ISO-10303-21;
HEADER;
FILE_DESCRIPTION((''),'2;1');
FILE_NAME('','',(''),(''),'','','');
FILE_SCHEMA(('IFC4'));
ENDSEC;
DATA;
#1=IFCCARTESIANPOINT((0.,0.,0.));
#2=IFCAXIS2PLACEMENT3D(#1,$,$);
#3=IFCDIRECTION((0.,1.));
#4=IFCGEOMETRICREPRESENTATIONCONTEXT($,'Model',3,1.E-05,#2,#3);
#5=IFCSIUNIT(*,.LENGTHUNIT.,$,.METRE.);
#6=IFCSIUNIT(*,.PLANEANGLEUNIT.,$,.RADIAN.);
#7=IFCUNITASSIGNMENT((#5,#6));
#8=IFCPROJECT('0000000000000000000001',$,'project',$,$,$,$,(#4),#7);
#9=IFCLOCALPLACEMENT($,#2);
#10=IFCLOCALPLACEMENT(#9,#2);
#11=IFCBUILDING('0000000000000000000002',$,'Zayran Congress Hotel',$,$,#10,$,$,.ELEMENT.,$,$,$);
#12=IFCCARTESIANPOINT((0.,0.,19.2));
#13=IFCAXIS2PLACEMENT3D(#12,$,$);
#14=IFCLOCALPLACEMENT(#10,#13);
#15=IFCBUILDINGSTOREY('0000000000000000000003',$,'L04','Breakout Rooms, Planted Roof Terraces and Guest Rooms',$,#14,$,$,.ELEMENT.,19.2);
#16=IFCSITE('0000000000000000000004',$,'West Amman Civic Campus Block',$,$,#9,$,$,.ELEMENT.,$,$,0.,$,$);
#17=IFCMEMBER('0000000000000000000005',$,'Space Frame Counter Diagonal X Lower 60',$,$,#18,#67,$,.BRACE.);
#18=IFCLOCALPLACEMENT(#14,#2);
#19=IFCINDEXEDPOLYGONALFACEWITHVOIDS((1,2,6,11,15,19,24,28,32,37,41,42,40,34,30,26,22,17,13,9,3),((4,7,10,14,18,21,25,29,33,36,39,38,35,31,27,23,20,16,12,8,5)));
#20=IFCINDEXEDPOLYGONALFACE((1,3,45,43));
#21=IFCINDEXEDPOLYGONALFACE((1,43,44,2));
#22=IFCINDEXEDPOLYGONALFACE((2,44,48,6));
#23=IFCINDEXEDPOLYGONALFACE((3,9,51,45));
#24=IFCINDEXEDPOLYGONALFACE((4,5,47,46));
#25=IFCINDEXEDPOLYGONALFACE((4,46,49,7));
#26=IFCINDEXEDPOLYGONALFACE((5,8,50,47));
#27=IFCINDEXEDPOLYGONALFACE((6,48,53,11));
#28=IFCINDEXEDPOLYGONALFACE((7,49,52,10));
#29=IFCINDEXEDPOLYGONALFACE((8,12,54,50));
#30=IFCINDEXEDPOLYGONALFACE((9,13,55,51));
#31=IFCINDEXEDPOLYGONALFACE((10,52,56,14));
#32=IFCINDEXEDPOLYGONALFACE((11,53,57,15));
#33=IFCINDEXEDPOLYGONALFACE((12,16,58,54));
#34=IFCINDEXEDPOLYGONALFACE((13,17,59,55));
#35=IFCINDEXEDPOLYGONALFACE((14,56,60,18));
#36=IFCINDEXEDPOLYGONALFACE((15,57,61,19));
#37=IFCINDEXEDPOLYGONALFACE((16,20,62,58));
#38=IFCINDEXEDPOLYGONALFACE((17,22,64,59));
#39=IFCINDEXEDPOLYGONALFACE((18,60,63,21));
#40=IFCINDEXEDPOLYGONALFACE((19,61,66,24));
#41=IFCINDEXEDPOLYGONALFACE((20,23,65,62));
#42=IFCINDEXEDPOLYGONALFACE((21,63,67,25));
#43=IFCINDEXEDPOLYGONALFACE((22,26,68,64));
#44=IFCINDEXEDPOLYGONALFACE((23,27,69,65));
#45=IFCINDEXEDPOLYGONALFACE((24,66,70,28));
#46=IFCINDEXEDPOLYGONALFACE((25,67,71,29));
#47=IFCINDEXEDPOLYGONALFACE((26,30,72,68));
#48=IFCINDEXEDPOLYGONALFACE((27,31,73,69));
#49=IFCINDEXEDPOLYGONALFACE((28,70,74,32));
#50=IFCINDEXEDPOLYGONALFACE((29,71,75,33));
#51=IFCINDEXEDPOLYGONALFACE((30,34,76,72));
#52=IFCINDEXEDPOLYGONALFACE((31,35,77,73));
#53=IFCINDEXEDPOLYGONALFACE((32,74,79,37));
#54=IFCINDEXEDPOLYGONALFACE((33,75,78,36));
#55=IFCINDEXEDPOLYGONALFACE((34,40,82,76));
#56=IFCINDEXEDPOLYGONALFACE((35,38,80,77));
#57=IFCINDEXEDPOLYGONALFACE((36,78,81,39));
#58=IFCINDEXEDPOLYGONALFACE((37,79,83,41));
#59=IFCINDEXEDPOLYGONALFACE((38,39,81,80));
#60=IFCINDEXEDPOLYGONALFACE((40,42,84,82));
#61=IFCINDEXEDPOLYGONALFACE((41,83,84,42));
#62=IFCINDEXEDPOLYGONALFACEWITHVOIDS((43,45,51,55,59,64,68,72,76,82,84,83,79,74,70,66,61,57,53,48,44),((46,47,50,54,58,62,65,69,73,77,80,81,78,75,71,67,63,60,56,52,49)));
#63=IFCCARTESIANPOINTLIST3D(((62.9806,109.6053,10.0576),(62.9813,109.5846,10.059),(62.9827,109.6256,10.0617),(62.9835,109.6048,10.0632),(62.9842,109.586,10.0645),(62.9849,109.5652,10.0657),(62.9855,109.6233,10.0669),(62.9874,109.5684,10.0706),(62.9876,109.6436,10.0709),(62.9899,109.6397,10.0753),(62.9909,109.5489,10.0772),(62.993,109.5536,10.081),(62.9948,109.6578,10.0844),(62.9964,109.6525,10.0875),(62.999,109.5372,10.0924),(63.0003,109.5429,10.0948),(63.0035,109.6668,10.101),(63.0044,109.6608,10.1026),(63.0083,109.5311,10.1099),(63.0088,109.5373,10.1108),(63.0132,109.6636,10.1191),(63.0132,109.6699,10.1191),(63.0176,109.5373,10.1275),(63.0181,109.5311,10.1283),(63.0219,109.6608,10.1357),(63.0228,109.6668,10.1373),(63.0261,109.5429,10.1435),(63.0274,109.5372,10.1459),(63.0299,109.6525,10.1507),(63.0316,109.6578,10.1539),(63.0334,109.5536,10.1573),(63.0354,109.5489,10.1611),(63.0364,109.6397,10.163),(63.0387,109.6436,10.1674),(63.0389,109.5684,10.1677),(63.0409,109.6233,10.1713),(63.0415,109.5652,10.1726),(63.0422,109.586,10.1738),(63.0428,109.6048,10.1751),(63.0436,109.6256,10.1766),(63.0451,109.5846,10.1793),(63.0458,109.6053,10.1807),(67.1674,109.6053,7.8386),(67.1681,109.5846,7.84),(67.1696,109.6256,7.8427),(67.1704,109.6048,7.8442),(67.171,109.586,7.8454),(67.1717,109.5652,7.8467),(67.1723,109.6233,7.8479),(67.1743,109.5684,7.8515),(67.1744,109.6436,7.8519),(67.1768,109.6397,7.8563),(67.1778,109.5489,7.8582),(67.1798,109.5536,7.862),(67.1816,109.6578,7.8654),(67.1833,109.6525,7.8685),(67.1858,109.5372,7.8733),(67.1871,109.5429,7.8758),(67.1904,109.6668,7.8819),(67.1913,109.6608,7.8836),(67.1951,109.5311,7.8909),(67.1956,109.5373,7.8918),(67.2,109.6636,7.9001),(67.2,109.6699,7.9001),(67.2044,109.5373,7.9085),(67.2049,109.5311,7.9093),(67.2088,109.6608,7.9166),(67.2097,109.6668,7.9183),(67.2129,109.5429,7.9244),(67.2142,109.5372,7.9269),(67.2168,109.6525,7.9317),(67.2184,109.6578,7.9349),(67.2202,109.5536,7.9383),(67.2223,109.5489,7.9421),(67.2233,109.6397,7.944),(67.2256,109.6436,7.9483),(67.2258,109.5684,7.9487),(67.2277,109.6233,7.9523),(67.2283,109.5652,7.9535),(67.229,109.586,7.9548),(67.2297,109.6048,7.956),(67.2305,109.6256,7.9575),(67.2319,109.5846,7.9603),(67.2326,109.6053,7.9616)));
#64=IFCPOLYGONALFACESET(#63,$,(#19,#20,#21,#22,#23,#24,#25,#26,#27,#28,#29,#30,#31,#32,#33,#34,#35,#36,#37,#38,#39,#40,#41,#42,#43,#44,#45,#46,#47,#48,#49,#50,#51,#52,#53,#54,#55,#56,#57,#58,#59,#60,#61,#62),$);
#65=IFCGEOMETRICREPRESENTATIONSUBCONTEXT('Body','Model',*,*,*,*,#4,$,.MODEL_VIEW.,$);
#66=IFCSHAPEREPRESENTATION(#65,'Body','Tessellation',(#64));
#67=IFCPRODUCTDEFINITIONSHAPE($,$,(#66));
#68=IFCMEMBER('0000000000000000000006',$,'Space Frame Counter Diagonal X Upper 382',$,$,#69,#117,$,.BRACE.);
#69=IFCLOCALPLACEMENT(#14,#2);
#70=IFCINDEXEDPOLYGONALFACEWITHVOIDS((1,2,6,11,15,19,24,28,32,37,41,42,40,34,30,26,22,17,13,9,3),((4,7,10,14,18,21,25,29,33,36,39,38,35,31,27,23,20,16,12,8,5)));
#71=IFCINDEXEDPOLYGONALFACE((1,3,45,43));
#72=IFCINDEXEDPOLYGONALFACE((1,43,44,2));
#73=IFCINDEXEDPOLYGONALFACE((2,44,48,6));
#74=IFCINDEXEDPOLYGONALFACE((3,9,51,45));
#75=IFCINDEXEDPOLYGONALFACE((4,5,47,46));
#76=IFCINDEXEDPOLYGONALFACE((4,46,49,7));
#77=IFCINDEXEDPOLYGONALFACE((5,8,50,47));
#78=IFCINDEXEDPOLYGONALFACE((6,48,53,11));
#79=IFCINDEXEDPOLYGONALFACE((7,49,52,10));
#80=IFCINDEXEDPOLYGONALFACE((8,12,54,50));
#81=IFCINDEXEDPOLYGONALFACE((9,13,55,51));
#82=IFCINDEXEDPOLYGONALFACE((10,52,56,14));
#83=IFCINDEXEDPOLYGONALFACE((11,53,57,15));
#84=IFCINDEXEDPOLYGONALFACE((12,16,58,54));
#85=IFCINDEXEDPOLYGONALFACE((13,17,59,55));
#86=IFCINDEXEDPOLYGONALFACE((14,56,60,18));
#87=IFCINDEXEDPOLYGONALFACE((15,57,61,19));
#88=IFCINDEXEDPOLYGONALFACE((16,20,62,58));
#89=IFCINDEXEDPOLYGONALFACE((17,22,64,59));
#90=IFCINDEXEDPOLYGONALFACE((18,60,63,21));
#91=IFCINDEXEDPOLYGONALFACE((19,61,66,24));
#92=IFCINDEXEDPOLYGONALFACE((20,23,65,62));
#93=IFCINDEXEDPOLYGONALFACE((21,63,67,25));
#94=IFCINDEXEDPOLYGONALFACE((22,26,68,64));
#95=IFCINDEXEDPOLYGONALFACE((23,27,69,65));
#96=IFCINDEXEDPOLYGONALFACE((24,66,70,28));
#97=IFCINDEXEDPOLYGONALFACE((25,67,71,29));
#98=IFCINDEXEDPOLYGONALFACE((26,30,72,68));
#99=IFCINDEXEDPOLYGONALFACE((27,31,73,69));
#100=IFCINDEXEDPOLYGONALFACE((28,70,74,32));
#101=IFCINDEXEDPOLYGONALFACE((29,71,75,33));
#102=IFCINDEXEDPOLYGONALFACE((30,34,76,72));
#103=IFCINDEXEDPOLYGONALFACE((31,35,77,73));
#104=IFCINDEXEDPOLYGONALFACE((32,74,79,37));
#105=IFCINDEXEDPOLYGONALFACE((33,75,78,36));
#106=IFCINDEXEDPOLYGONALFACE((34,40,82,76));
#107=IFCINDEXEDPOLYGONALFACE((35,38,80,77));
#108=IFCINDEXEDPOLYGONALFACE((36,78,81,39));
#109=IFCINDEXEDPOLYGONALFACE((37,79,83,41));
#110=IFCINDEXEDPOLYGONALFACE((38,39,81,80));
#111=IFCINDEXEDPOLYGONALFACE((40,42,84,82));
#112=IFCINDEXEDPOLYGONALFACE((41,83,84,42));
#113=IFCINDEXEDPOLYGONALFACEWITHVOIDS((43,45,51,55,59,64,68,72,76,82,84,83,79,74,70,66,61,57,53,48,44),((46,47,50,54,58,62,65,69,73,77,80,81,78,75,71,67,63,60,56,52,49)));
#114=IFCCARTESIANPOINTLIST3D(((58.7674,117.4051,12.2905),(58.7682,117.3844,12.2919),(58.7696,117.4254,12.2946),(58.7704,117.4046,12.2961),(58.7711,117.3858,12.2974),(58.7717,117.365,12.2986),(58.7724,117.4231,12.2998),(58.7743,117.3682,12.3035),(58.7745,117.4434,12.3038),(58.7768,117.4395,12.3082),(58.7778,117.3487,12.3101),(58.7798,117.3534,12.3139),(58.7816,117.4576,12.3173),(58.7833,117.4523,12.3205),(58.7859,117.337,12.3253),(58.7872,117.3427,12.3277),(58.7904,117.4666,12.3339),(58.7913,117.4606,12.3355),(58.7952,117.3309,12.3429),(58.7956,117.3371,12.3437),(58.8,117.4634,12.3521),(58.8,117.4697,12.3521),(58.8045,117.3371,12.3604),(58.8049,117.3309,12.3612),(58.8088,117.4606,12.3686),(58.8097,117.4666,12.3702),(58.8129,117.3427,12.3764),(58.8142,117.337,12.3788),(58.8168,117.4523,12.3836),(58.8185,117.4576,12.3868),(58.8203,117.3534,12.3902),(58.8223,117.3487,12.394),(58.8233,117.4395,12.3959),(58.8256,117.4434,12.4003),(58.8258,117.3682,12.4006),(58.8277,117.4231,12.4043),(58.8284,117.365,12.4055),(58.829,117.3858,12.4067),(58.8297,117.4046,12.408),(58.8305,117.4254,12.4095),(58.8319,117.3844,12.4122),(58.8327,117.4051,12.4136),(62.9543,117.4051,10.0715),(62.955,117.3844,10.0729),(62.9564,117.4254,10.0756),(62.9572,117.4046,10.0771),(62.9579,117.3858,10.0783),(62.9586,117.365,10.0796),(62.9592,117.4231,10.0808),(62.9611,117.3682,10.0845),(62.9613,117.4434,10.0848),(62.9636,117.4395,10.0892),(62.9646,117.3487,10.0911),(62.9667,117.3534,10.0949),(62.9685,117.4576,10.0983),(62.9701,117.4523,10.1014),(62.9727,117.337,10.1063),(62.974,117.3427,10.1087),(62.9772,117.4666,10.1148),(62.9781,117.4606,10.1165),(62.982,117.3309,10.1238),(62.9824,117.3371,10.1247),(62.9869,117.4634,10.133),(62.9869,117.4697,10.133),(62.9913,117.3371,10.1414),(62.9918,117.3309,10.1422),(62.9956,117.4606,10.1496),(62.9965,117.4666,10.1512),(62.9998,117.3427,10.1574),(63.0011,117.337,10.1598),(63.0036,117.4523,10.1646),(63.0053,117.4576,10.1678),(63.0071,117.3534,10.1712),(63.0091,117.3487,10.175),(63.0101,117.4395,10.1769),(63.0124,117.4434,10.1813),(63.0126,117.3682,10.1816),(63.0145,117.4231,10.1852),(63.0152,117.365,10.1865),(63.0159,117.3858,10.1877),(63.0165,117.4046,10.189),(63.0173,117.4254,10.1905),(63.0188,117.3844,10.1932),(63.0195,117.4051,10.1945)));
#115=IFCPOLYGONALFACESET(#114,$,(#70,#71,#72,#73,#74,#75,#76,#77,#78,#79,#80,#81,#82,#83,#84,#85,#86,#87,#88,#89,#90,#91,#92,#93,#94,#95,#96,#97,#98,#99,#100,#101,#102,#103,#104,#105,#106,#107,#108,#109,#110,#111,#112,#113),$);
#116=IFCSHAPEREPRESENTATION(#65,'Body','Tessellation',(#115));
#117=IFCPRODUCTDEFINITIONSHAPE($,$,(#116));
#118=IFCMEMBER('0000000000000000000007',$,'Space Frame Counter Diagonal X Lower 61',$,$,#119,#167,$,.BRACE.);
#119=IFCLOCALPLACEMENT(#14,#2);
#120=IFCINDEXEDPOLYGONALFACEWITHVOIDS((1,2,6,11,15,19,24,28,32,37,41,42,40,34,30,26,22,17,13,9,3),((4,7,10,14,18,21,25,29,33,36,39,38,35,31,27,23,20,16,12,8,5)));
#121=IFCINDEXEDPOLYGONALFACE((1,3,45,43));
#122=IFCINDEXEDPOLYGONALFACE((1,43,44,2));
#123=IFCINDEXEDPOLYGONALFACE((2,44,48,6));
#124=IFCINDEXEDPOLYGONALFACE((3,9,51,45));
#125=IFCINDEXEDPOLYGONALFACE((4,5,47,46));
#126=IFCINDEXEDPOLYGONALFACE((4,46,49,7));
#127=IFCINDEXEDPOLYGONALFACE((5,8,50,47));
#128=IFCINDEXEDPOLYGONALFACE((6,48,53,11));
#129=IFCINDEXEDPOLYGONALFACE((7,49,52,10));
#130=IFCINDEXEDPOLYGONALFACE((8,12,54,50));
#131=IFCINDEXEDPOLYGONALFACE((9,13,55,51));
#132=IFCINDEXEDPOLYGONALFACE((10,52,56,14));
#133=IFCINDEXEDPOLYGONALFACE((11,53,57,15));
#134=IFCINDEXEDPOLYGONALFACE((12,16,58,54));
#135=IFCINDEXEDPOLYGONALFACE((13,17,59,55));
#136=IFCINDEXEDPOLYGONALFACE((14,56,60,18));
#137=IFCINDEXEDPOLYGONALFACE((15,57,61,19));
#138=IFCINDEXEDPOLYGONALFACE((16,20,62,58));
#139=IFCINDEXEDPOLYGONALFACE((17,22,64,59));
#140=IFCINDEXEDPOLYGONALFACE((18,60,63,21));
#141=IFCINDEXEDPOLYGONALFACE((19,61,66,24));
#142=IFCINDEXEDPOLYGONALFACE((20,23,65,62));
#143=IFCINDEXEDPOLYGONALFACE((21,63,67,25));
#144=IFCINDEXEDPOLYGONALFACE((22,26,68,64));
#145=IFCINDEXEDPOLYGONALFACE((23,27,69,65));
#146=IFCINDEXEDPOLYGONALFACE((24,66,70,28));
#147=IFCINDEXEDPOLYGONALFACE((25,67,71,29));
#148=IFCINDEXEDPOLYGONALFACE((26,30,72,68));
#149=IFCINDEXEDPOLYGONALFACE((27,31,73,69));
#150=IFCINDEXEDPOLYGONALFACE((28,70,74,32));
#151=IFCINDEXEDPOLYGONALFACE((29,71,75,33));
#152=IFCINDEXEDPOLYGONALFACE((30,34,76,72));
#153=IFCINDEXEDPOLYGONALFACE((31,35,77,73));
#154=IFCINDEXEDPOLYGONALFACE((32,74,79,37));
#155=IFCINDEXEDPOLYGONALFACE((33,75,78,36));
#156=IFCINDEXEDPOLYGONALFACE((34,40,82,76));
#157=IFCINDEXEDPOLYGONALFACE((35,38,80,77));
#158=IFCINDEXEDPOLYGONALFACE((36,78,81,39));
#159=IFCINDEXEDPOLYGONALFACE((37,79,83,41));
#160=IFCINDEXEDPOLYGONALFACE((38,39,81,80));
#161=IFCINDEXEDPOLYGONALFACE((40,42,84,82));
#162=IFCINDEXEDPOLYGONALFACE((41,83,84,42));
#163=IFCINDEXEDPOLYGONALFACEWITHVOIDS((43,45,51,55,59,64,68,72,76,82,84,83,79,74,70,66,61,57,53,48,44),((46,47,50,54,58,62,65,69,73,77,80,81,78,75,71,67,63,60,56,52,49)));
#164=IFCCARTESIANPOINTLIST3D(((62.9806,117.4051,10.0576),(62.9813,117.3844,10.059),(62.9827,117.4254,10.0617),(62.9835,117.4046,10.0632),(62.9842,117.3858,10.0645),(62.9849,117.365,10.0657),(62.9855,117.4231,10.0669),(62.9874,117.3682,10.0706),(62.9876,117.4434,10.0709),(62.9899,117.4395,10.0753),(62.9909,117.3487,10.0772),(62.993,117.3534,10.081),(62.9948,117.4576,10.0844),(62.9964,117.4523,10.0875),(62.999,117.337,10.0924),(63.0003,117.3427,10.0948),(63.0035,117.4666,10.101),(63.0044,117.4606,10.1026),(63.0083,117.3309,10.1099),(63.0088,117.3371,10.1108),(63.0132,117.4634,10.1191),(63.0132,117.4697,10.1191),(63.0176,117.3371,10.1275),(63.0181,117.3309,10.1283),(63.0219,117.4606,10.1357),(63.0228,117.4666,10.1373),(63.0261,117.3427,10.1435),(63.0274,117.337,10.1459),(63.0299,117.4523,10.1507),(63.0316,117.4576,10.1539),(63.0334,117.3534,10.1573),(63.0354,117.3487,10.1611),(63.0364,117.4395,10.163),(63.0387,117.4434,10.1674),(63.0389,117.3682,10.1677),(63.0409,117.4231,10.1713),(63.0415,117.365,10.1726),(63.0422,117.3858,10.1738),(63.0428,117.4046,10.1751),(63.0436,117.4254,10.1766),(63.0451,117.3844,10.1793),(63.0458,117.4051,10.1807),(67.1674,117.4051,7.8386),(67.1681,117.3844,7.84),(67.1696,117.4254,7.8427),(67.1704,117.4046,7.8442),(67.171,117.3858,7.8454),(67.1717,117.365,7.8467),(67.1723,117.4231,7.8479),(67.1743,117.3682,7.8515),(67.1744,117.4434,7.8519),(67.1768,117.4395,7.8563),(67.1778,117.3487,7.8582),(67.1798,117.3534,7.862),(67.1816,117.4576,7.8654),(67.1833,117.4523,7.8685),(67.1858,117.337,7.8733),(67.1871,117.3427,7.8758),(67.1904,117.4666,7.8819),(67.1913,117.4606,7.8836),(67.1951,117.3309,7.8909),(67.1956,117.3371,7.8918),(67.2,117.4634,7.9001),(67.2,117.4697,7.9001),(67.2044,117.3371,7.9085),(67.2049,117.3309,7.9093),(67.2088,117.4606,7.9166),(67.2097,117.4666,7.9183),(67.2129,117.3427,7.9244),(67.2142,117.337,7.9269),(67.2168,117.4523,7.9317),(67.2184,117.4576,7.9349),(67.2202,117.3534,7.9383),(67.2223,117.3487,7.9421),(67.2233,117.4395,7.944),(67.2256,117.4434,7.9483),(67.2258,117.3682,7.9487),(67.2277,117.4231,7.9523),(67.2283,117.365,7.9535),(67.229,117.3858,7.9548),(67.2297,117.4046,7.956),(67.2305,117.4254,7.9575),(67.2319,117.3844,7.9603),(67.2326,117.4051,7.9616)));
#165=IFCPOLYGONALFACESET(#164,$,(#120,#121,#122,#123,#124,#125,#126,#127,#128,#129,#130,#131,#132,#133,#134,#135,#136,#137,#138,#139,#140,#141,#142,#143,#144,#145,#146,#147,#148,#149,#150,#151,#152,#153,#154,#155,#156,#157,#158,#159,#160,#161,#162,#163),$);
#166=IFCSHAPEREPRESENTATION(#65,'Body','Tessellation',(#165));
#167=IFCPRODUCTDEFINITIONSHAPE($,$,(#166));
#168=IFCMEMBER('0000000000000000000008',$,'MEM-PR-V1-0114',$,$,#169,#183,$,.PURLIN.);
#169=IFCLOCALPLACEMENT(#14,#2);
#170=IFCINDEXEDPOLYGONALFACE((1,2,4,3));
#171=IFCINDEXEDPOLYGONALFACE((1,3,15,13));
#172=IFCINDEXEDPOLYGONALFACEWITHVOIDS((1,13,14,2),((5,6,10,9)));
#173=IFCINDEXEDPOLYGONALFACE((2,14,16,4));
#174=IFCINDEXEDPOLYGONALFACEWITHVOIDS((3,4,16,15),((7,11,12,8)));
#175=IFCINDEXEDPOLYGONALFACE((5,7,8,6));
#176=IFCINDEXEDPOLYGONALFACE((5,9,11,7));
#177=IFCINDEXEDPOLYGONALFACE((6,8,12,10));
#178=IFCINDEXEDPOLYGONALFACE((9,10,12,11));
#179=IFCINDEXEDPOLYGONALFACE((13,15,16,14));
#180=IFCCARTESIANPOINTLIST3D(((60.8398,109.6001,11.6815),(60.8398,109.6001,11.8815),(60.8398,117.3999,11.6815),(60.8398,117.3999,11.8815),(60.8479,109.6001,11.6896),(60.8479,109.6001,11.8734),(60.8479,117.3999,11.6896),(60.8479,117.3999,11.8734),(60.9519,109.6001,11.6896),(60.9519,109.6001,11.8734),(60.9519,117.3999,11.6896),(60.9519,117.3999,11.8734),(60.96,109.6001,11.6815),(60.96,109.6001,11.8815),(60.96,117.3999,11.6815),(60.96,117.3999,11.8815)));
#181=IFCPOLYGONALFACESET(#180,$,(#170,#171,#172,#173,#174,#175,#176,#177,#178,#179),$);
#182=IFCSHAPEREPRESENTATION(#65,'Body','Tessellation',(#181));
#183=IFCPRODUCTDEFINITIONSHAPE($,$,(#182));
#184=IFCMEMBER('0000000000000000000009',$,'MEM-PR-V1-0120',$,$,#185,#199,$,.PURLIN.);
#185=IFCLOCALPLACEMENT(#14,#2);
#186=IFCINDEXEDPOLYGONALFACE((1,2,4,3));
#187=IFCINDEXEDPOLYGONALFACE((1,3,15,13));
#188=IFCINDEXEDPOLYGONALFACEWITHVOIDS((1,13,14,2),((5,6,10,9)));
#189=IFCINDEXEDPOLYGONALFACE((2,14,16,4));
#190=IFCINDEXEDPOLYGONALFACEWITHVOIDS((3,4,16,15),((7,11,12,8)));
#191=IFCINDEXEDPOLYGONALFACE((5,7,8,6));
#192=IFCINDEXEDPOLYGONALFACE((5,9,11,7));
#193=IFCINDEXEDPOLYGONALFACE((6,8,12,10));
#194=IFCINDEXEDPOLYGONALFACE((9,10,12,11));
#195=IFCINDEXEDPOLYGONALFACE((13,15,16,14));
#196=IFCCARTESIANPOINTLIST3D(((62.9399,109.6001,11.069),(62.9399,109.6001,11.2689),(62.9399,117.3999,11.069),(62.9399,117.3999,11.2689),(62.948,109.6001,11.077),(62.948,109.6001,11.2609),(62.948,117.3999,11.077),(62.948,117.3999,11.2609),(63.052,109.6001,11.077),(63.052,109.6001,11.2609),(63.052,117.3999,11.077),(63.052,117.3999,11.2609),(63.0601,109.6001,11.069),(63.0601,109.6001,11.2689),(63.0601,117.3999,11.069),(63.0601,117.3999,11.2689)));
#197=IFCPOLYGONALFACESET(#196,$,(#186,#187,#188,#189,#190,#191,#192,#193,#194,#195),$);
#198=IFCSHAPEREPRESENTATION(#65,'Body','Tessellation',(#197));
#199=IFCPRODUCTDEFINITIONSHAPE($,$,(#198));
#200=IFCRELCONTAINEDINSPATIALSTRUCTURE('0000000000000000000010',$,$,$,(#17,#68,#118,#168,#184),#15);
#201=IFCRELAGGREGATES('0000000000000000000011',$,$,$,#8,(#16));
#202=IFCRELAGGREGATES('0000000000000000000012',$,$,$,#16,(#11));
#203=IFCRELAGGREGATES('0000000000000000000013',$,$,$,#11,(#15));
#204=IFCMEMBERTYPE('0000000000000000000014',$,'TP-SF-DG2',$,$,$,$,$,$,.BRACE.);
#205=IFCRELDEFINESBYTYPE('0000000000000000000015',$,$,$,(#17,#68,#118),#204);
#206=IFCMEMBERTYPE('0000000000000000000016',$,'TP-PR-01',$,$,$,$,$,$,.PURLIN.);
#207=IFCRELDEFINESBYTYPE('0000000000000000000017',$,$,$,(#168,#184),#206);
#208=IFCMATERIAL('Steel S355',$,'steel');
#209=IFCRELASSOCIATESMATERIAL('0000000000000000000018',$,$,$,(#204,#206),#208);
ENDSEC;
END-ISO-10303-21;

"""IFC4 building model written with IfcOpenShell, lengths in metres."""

from ifc_helpers import new_model, si_unit, direction, frame, origin, origin_2d, place, context, subcontext, project, spatial, hollow_rectangle, hollow_circle, extrude, material, material_profile, profile_set, type_object, element, save


model = new_model("IFC4")

# Units and contexts
model_context = context("Model", 3, precision=1e-05, world=origin(), true_north=direction((0.0, 1.0)))
body_context = subcontext(model_context, "Body", "Model", "MODEL_VIEW")
ifc_project = project(units=[si_unit("LENGTHUNIT", "METRE"), si_unit("PLANEANGLEUNIT", "RADIAN")], contexts=[model_context])

# Site, building, storey
site_placement = place(None, origin())
site = spatial("IfcSite", under=ifc_project, at=site_placement, Name="West Amman Civic Campus Block", CompositionType="ELEMENT", RefElevation=0.0)
building_placement = place(site_placement, origin())
building = spatial("IfcBuilding", under=site, at=building_placement, Name="Zayran Congress Hotel", CompositionType="ELEMENT")
storey_placement = place(building_placement, frame((0.0, 0.0, 19.2)))
storey = spatial("IfcBuildingStorey", under=building, at=storey_placement, Name="L04", Description="Breakout Rooms, Planted Roof Terraces and Guest Rooms", CompositionType="ELEMENT", Elevation=19.2)

# Members
ifc_material_1 = material(Name="Steel S355", Category="steel")
ifc_material_profile_1 = material_profile(ifc_material_1, hollow_circle(Radius=0.0698, WallThickness=0.0063, at=origin_2d()), Name="CHS 139.7x6.3")
ifc_profile_set_1 = profile_set([ifc_material_profile_1], Name="Steel S355")
member_type_1 = type_object("IfcMemberType", Name="TP-SF-DG2", PredefinedType="BRACE", material=ifc_profile_set_1)
for number, where, z_axis, x_axis, name in (
    (1, (63.0132, 109.6001, 10.1191), (0.883572, 0.0, -0.468295), (0.0, 1.0, 0.0), "Space Frame Counter Diagonal X Lower 60"),
    (2, (58.8, 117.3999, 12.3521), (0.883572, 0.0, -0.468295), (0.0, 1.0, 0.0), "Space Frame Counter Diagonal X Upper 382"),
    (3, (63.0132, 117.3999, 10.1191), (0.883572, 0.0, -0.468295), (0.0, 1.0, 0.0), "Space Frame Counter Diagonal X Lower 61"),
):
    element("IfcMember", number, at=place(storey_placement, frame(where, z_axis=z_axis, x_axis=x_axis)), inside=storey, type_object=member_type_1, Name=name, PredefinedType="BRACE", context=body_context, shape_type="SweptSolid", body=[
        extrude(hollow_circle(Radius=0.0698, WallThickness=0.0063, at=origin_2d()), origin(), (0.0, 0.0, 1.0), 4.7385),
    ])
ifc_material_profile_2 = material_profile(ifc_material_1, hollow_rectangle(XDim=0.1201, YDim=0.2, WallThickness=0.0081, at=origin_2d()), Name="RHS 200x120x8")
ifc_profile_set_2 = profile_set([ifc_material_profile_2], Name="Steel S355")
member_type_2 = type_object("IfcMemberType", Name="TP-PR-01", PredefinedType="PURLIN", material=ifc_profile_set_2)
for number, where, z_axis, x_axis, name in (
    (4, (60.8999, 109.6001, 11.7815), (0.0, 1.0, 0.0), (-1.0, 0.0, 0.0), "MEM-PR-V1-0114"),
    (5, (63.0, 109.6001, 11.1689), (0.0, 1.0, 0.0), (-1.0, 0.0, 0.0), "MEM-PR-V1-0120"),
):
    element("IfcMember", number, at=place(storey_placement, frame(where, z_axis=z_axis, x_axis=x_axis)), inside=storey, type_object=member_type_2, Name=name, PredefinedType="PURLIN", context=body_context, shape_type="SweptSolid", body=[
        extrude(hollow_rectangle(XDim=0.1201, YDim=0.2, WallThickness=0.0081, at=origin_2d()), origin(), (0.0, 0.0, 1.0), 7.7998),
    ])

save(model, "model.ifc")
